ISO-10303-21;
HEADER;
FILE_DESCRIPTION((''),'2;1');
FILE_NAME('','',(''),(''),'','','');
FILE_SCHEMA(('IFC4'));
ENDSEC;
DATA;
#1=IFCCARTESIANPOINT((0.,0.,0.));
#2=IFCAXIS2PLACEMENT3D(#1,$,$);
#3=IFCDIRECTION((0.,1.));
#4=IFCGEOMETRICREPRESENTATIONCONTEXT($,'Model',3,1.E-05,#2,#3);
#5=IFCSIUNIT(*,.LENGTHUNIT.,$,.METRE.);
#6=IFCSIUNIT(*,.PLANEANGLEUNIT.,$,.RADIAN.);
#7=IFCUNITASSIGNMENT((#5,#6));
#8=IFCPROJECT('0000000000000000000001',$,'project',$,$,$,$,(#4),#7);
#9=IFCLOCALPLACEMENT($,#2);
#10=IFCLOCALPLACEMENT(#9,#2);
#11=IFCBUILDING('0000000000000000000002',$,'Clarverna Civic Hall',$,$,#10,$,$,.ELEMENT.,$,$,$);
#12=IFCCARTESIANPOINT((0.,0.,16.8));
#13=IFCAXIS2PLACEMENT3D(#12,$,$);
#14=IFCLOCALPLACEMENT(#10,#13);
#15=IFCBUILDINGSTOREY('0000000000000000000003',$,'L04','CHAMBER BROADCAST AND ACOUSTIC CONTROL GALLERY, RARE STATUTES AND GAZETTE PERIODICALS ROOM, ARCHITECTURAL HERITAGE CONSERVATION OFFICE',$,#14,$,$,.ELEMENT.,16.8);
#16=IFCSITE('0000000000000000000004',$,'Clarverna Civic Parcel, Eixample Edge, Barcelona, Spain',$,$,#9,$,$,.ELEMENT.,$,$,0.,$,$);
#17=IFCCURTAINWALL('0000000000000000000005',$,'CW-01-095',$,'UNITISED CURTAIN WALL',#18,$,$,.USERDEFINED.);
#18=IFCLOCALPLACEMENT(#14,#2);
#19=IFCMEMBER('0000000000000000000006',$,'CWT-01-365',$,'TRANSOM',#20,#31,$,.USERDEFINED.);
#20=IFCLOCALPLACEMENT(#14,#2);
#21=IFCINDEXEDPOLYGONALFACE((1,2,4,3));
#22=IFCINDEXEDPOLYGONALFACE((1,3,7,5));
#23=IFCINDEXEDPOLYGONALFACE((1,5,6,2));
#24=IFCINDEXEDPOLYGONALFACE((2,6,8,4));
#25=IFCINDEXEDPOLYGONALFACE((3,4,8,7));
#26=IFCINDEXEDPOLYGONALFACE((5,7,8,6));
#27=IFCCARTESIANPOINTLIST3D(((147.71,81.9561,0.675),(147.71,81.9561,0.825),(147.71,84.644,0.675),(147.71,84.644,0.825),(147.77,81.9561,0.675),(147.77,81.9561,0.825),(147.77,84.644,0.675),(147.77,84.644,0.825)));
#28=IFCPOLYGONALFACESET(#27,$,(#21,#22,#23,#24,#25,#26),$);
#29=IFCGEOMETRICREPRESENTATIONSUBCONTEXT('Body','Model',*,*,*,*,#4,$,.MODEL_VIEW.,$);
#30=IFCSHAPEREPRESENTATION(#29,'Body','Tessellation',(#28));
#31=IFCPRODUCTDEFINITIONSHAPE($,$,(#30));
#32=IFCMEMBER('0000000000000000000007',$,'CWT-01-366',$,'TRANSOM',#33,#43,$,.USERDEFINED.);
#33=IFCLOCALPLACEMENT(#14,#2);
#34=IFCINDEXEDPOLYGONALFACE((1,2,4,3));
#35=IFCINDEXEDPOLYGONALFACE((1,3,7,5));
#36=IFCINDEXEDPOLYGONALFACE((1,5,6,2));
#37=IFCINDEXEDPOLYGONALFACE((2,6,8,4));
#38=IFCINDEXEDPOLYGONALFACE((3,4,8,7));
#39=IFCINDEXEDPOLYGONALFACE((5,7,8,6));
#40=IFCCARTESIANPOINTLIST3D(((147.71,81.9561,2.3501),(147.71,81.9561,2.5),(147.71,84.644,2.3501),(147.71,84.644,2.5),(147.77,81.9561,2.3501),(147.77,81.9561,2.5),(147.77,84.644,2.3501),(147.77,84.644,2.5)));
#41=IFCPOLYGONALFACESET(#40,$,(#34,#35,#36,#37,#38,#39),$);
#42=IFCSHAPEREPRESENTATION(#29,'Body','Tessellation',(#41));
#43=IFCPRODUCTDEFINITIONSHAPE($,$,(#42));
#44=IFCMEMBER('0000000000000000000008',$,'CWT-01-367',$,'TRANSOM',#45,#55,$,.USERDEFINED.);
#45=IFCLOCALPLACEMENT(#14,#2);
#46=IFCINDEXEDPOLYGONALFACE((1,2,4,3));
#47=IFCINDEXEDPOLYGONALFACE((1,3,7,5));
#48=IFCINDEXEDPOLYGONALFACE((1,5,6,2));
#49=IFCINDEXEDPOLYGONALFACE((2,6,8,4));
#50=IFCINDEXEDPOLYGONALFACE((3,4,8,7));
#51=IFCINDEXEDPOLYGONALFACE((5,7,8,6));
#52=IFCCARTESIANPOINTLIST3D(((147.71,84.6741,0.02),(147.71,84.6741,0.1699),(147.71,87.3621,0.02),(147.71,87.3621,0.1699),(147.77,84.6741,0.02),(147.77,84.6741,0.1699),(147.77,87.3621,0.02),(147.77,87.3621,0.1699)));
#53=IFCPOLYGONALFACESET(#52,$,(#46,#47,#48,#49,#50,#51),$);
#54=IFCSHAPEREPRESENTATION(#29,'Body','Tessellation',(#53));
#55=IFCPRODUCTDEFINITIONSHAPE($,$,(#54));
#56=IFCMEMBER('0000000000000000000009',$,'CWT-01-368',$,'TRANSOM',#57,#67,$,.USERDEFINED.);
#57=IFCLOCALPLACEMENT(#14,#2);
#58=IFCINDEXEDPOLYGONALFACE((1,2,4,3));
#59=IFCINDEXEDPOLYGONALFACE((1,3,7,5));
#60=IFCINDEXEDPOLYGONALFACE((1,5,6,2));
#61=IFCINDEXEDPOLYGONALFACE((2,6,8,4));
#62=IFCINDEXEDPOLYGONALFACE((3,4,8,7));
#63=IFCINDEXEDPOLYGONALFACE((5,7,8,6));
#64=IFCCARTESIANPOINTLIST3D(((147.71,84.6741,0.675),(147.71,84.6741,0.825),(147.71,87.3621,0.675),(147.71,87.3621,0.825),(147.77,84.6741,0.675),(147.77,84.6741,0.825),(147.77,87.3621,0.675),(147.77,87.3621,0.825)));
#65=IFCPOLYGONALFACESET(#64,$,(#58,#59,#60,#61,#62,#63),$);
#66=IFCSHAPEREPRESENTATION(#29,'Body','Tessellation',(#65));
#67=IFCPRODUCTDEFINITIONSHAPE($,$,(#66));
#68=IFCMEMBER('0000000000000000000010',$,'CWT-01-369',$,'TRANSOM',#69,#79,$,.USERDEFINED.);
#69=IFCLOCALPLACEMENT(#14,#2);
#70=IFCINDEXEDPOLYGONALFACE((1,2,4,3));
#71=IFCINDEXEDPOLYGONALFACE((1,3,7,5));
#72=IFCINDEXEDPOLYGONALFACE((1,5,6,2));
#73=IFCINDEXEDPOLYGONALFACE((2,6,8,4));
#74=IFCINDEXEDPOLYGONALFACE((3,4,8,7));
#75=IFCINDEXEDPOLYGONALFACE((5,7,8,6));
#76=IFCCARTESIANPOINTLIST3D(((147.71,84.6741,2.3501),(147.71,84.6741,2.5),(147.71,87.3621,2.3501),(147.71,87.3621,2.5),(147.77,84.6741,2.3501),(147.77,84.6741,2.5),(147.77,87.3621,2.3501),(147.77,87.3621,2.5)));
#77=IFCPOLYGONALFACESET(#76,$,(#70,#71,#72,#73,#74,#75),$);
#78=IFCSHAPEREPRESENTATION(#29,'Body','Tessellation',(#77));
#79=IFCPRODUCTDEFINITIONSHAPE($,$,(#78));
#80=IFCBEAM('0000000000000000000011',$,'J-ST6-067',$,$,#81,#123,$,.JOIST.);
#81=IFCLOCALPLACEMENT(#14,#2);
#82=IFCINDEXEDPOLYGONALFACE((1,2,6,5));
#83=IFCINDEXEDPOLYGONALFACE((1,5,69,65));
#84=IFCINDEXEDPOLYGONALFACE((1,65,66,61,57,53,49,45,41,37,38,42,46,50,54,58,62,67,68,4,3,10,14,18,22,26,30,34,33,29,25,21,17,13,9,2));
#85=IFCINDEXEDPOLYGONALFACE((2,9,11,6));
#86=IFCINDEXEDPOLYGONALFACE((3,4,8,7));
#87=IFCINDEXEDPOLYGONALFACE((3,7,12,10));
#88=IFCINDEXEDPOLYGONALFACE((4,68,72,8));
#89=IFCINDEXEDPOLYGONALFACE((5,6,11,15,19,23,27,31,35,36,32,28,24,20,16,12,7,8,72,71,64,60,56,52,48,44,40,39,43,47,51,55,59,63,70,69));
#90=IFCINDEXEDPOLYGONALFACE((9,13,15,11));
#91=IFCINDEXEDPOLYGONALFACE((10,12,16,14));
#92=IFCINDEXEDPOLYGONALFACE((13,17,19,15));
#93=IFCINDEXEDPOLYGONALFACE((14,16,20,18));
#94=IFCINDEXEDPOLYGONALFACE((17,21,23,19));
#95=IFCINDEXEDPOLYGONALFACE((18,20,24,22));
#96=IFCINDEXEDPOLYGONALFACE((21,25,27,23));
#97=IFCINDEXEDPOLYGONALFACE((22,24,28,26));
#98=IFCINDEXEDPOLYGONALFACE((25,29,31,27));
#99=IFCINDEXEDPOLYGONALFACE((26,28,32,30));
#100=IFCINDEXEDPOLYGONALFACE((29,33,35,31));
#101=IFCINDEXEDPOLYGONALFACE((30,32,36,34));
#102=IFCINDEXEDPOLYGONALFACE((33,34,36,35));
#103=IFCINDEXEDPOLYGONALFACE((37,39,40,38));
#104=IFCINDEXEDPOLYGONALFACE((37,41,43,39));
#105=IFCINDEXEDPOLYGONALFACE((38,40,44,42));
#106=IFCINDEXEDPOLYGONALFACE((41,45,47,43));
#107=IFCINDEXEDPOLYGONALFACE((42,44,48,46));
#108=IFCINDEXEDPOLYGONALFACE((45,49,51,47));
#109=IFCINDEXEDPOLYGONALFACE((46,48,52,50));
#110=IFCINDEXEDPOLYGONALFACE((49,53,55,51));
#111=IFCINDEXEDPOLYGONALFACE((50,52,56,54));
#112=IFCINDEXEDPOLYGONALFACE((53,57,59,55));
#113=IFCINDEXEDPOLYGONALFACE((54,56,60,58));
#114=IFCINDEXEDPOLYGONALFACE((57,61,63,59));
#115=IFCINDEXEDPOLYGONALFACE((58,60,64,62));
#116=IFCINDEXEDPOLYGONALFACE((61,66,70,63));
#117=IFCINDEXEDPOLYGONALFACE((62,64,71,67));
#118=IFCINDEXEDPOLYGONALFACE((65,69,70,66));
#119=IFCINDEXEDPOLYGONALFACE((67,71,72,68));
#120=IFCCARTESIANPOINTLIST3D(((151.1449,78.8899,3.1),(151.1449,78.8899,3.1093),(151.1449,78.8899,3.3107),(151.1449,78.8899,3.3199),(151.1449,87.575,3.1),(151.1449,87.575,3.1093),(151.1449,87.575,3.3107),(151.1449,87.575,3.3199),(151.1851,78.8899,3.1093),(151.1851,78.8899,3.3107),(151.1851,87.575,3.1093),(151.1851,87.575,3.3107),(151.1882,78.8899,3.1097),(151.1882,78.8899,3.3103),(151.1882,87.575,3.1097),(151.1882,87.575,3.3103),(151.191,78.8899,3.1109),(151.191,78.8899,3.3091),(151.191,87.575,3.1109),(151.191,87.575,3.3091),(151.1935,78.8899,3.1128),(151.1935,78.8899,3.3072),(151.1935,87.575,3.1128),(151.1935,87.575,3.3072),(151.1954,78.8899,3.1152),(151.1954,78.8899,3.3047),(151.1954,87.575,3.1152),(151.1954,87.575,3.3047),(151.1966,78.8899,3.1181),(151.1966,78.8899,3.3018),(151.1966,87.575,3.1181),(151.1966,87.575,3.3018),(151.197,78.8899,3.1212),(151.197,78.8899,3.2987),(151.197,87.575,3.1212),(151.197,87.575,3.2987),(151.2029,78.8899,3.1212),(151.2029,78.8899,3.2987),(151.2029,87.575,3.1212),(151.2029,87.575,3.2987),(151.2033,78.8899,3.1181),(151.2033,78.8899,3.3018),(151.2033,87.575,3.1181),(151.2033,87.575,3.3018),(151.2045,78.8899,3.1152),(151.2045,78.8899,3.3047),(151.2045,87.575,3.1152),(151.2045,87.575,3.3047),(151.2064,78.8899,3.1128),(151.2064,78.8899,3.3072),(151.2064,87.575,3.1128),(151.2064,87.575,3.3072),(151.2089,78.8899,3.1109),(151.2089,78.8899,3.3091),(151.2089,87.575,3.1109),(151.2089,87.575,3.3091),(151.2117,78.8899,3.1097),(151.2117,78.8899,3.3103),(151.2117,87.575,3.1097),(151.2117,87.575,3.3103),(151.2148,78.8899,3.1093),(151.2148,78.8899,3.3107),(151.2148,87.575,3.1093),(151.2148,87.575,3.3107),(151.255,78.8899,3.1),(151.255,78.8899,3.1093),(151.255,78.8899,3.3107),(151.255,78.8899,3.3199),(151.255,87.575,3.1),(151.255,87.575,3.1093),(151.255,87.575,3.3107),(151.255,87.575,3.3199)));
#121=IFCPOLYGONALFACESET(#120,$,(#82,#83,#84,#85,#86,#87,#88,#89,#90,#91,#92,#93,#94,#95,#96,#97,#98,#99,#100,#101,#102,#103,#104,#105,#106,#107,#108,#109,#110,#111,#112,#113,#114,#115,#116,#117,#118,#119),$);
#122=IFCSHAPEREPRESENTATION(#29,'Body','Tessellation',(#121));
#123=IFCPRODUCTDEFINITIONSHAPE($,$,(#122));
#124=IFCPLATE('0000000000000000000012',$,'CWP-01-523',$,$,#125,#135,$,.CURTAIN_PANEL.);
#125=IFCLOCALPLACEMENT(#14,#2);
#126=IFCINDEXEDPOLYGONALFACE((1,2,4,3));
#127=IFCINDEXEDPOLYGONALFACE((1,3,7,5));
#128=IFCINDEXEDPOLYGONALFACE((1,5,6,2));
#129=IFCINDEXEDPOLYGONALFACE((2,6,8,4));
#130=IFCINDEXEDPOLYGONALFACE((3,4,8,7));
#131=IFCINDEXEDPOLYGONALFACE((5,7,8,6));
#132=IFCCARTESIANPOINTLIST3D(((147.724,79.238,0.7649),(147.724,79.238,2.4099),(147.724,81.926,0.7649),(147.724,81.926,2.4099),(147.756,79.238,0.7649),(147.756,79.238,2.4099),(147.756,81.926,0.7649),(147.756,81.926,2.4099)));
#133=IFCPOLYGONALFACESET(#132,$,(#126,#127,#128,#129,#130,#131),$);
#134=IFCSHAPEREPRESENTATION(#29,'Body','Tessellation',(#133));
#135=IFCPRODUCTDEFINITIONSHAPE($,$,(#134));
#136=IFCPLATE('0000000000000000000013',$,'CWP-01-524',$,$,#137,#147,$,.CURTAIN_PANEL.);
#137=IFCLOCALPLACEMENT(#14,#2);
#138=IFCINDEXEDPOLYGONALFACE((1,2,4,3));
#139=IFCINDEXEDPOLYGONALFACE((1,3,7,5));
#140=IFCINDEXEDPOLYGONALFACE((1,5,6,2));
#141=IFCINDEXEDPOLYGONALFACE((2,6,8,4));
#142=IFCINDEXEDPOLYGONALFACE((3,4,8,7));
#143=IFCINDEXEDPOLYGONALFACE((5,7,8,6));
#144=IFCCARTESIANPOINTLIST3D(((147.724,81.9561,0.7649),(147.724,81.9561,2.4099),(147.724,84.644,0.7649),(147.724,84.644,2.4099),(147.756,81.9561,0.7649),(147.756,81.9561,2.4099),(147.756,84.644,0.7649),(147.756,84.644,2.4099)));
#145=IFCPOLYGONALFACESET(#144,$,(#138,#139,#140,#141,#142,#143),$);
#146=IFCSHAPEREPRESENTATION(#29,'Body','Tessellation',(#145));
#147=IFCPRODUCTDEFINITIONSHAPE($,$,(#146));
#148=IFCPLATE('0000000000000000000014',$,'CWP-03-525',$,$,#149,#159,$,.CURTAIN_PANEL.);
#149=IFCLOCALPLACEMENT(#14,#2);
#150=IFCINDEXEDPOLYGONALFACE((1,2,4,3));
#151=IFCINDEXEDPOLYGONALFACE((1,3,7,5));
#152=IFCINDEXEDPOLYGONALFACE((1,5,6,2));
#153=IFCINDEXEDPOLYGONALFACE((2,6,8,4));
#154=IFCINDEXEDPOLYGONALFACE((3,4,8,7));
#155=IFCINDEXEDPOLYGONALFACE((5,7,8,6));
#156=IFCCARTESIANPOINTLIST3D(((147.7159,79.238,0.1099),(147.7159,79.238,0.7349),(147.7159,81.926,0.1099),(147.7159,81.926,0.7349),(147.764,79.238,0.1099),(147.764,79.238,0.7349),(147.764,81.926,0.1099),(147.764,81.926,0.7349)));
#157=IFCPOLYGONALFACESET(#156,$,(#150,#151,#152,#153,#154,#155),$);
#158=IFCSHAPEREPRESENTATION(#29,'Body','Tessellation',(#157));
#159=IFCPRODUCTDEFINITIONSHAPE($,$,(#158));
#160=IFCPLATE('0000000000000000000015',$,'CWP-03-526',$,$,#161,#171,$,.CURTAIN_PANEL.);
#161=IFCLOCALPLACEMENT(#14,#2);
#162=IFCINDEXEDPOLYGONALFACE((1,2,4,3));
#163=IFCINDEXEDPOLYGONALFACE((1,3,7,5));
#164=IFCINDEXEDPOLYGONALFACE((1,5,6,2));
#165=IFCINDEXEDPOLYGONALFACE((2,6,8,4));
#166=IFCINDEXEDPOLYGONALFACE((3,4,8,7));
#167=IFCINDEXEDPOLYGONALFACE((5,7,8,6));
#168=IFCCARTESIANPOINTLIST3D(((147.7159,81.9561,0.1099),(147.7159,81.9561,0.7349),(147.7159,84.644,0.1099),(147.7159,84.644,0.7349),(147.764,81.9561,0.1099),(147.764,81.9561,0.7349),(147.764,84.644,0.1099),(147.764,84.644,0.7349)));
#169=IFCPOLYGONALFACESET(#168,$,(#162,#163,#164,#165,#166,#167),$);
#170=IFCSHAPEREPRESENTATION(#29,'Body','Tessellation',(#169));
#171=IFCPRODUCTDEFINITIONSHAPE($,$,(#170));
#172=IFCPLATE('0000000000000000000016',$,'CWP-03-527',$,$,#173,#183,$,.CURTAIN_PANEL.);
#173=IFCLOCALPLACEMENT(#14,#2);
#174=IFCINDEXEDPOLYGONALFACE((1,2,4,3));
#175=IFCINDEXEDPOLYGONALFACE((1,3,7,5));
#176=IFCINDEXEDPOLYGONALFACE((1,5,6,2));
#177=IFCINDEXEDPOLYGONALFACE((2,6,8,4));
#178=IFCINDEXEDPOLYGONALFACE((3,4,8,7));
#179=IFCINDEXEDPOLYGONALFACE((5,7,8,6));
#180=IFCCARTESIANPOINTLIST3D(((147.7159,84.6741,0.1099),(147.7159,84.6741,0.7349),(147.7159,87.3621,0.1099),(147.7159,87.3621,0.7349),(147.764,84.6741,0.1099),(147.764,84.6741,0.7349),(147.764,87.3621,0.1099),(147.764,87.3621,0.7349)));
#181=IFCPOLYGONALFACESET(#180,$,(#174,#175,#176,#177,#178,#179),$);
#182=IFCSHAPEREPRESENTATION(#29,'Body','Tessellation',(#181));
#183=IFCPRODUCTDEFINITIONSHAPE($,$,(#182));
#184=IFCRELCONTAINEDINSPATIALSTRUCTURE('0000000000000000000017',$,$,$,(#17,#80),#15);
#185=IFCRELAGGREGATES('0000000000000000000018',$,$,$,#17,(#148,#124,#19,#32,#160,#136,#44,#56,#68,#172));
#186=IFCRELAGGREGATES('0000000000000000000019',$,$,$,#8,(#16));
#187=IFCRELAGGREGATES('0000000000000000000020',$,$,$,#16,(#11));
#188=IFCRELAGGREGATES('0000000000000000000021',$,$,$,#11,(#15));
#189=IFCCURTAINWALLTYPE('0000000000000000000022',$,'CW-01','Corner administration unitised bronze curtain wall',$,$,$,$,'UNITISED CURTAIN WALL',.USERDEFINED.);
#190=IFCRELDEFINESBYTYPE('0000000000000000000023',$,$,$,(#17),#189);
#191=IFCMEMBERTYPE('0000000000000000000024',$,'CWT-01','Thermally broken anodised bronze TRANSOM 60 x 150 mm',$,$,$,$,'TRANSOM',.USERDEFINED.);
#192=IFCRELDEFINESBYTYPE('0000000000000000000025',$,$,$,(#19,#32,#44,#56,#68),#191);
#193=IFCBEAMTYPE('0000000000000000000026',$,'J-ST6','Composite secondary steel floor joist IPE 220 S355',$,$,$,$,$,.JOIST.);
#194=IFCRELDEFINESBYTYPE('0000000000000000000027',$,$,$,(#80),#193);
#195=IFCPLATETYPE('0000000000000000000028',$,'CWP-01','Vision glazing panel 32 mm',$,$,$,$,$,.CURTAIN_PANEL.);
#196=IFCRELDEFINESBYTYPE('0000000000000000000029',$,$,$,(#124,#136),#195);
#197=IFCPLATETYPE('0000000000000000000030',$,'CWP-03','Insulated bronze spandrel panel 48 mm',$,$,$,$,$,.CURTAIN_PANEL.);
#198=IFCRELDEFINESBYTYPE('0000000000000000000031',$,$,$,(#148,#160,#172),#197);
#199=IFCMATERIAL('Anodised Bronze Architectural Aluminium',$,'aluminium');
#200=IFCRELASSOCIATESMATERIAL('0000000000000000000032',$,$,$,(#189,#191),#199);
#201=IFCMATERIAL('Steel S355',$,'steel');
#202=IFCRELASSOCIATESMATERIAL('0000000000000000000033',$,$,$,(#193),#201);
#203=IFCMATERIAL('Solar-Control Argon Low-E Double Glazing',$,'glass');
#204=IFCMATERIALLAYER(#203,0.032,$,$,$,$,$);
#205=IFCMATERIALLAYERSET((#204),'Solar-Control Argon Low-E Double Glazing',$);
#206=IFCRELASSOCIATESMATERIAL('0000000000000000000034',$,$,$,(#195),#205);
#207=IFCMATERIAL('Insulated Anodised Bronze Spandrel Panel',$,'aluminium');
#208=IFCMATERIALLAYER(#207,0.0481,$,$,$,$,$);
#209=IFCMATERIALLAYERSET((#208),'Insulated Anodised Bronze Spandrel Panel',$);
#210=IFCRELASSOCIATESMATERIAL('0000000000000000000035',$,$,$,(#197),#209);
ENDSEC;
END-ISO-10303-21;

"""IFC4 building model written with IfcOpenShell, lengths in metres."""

from ifc_helpers import new_model, si_unit, direction, frame, frame_2d, origin, origin_2d, place, context, subcontext, project, spatial, rectangle, i_section, extrude, material, layer, layer_set, material_profile, profile_set, type_object, element, aggregate, save


model = new_model("IFC4")

# Units and contexts
model_context = context("Model", 3, precision=1e-05, world=origin(), true_north=direction((0.0, 1.0)))
body_context = subcontext(model_context, "Body", "Model", "MODEL_VIEW")
ifc_project = project(units=[si_unit("LENGTHUNIT", "METRE"), si_unit("PLANEANGLEUNIT", "RADIAN")], contexts=[model_context])

# Site, building, storey
site_placement = place(None, origin())
site = spatial("IfcSite", under=ifc_project, at=site_placement, Name="Clarverna Civic Parcel, Eixample Edge, Barcelona, Spain", CompositionType="ELEMENT", RefElevation=0.0)
building_placement = place(site_placement, origin())
building = spatial("IfcBuilding", under=site, at=building_placement, Name="Clarverna Civic Hall", CompositionType="ELEMENT")
storey_placement = place(building_placement, frame((0.0, 0.0, 16.8)))
storey = spatial("IfcBuildingStorey", under=building, at=storey_placement, Name="L04", Description="CHAMBER BROADCAST AND ACOUSTIC CONTROL GALLERY, RARE STATUTES AND GAZETTE PERIODICALS ROOM, ARCHITECTURAL HERITAGE CONSERVATION OFFICE", CompositionType="ELEMENT", Elevation=16.8)

# Shared definitions
ifc_material_1 = material(Name="Steel S355", Category="steel")

# Curtain wall, members
ifc_material_2 = material(Name="Anodised Bronze Architectural Aluminium", Category="aluminium")
curtain_wall_type = type_object("IfcCurtainWallType", Name="CW-01", Description="Corner administration unitised bronze curtain wall", ElementType="UNITISED CURTAIN WALL", PredefinedType="USERDEFINED", material=ifc_material_2)
curtain_wall_placement = place(storey_placement, origin())
curtain_wall = element("IfcCurtainWall", 1, at=curtain_wall_placement, inside=storey, type_object=curtain_wall_type, Name="CW-01-095", ObjectType="UNITISED CURTAIN WALL", PredefinedType="USERDEFINED")
ifc_material_profile_1 = material_profile(ifc_material_2, rectangle(XDim=0.0601, YDim=0.1499, at=origin_2d()), Name="BRONZE 60x150")
ifc_profile_set_1 = profile_set([ifc_material_profile_1], Name="Anodised Bronze Architectural Aluminium")
member_type_1 = type_object("IfcMemberType", Name="CWT-01", Description="Thermally broken anodised bronze TRANSOM 60 x 150 mm", ElementType="TRANSOM", PredefinedType="USERDEFINED", material=ifc_profile_set_1)
member_1_placement = place(storey_placement, frame((147.74, 81.9561, 0.75), z_axis=(0.0, 1.0, 0.0), x_axis=(-1.0, 0.0, 0.0)))
member_1 = element("IfcMember", 2, at=member_1_placement, type_object=member_type_1, Name="CWT-01-365", ObjectType="TRANSOM", PredefinedType="USERDEFINED", context=body_context, shape_type="SweptSolid", body=[
    extrude(rectangle(XDim=0.0601, YDim=0.1499, at=origin_2d()), origin(), (0.0, 0.0, 1.0), 2.688),
])
member_2_placement = place(storey_placement, frame((147.74, 81.9561, 2.425), z_axis=(0.0, 1.0, 0.0), x_axis=(-1.0, 0.0, 0.0)))
member_2 = element("IfcMember", 3, at=member_2_placement, type_object=member_type_1, Name="CWT-01-366", ObjectType="TRANSOM", PredefinedType="USERDEFINED", context=body_context, shape_type="SweptSolid", body=[
    extrude(rectangle(XDim=0.0601, YDim=0.1499, at=origin_2d()), origin(), (0.0, 0.0, 1.0), 2.688),
])
member_3_placement = place(storey_placement, frame((147.74, 84.6741, 0.095), z_axis=(0.0, 1.0, 0.0), x_axis=(-1.0, 0.0, 0.0)))
member_3 = element("IfcMember", 4, at=member_3_placement, type_object=member_type_1, Name="CWT-01-367", ObjectType="TRANSOM", PredefinedType="USERDEFINED", context=body_context, shape_type="SweptSolid", body=[
    extrude(rectangle(XDim=0.0601, YDim=0.1499, at=origin_2d()), origin(), (0.0, 0.0, 1.0), 2.688),
])
member_4_placement = place(storey_placement, frame((147.74, 84.6741, 0.75), z_axis=(0.0, 1.0, 0.0), x_axis=(-1.0, 0.0, 0.0)))
member_4 = element("IfcMember", 5, at=member_4_placement, type_object=member_type_1, Name="CWT-01-368", ObjectType="TRANSOM", PredefinedType="USERDEFINED", context=body_context, shape_type="SweptSolid", body=[
    extrude(rectangle(XDim=0.0601, YDim=0.1499, at=origin_2d()), origin(), (0.0, 0.0, 1.0), 2.688),
])
member_5_placement = place(storey_placement, frame((147.74, 84.6741, 2.425), z_axis=(0.0, 1.0, 0.0), x_axis=(-1.0, 0.0, 0.0)))
member_5 = element("IfcMember", 6, at=member_5_placement, type_object=member_type_1, Name="CWT-01-369", ObjectType="TRANSOM", PredefinedType="USERDEFINED", context=body_context, shape_type="SweptSolid", body=[
    extrude(rectangle(XDim=0.0601, YDim=0.1499, at=origin_2d()), origin(), (0.0, 0.0, 1.0), 2.688),
])

# Beam
ifc_material_profile_2 = material_profile(ifc_material_1, i_section(OverallWidth=0.1101, OverallDepth=0.22, WebThickness=0.0059, FlangeThickness=0.0093, FilletRadius=0.012, at=origin_2d()), Name="IPE 220")
ifc_profile_set_2 = profile_set([ifc_material_profile_2], Name="Steel S355")
beam_type_1 = type_object("IfcBeamType", Name="J-ST6", Description="Composite secondary steel floor joist IPE 220 S355", PredefinedType="JOIST", material=ifc_profile_set_2)
beam_1_placement = place(storey_placement, frame((151.2, 78.8899, 3.21), z_axis=(0.0, 1.0, 0.0), x_axis=(-1.0, 0.0, 0.0)))
element("IfcBeam", 7, at=beam_1_placement, inside=storey, type_object=beam_type_1, Name="J-ST6-067", PredefinedType="JOIST", context=body_context, shape_type="SweptSolid", body=[
    extrude(i_section(OverallWidth=0.1101, OverallDepth=0.22, WebThickness=0.0059, FlangeThickness=0.0093, FilletRadius=0.012, at=origin_2d()), origin(), (0.0, 0.0, 1.0), 8.6851),
])

# Plates
ifc_material_3 = material(Name="Solar-Control Argon Low-E Double Glazing", Category="glass")
ifc_layer_1 = layer(ifc_material_3, 0.032)
ifc_layer_set_1 = layer_set([ifc_layer_1], Name="Solar-Control Argon Low-E Double Glazing")
plate_type_1 = type_object("IfcPlateType", Name="CWP-01", Description="Vision glazing panel 32 mm", PredefinedType="CURTAIN_PANEL", material=ifc_layer_set_1)
plate_1_placement = place(storey_placement, frame((147.74, 79.238, 0.7649), z_axis=(0.0, 0.0, 1.0), x_axis=(0.0, 1.0, 0.0)))
plate_1 = element("IfcPlate", 8, at=plate_1_placement, type_object=plate_type_1, Name="CWP-01-523", PredefinedType="CURTAIN_PANEL", context=body_context, shape_type="SweptSolid", body=[
    extrude(rectangle(XDim=2.688, YDim=0.032, at=frame_2d((1.344, 0.0))), origin(), (0.0, 0.0, 1.0), 1.645),
])
plate_2_placement = place(storey_placement, frame((147.74, 81.9561, 0.7649), z_axis=(0.0, 0.0, 1.0), x_axis=(0.0, 1.0, 0.0)))
plate_2 = element("IfcPlate", 9, at=plate_2_placement, type_object=plate_type_1, Name="CWP-01-524", PredefinedType="CURTAIN_PANEL", context=body_context, shape_type="SweptSolid", body=[
    extrude(rectangle(XDim=2.688, YDim=0.032, at=frame_2d((1.344, 0.0))), origin(), (0.0, 0.0, 1.0), 1.645),
])
ifc_material_4 = material(Name="Insulated Anodised Bronze Spandrel Panel", Category="aluminium")
ifc_layer_2 = layer(ifc_material_4, 0.0481)
ifc_layer_set_2 = layer_set([ifc_layer_2], Name="Insulated Anodised Bronze Spandrel Panel")
plate_type_2 = type_object("IfcPlateType", Name="CWP-03", Description="Insulated bronze spandrel panel 48 mm", PredefinedType="CURTAIN_PANEL", material=ifc_layer_set_2)
plate_3_placement = place(storey_placement, frame((147.74, 79.238, 0.1099), z_axis=(0.0, 0.0, 1.0), x_axis=(0.0, 1.0, 0.0)))
plate_3 = element("IfcPlate", 10, at=plate_3_placement, type_object=plate_type_2, Name="CWP-03-525", PredefinedType="CURTAIN_PANEL", context=body_context, shape_type="SweptSolid", body=[
    extrude(rectangle(XDim=2.688, YDim=0.0481, at=frame_2d((1.344, 0.0))), origin(), (0.0, 0.0, 1.0), 0.625),
])
plate_4_placement = place(storey_placement, frame((147.74, 81.9561, 0.1099), z_axis=(0.0, 0.0, 1.0), x_axis=(0.0, 1.0, 0.0)))
plate_4 = element("IfcPlate", 11, at=plate_4_placement, type_object=plate_type_2, Name="CWP-03-526", PredefinedType="CURTAIN_PANEL", context=body_context, shape_type="SweptSolid", body=[
    extrude(rectangle(XDim=2.688, YDim=0.0481, at=frame_2d((1.344, 0.0))), origin(), (0.0, 0.0, 1.0), 0.625),
])
plate_5_placement = place(storey_placement, frame((147.74, 84.6741, 0.1099), z_axis=(0.0, 0.0, 1.0), x_axis=(0.0, 1.0, 0.0)))
plate_5 = element("IfcPlate", 12, at=plate_5_placement, type_object=plate_type_2, Name="CWP-03-527", PredefinedType="CURTAIN_PANEL", context=body_context, shape_type="SweptSolid", body=[
    extrude(rectangle(XDim=2.688, YDim=0.0481, at=frame_2d((1.344, 0.0))), origin(), (0.0, 0.0, 1.0), 0.625),
])
aggregate(curtain_wall, [plate_3, plate_1, member_1, member_2, plate_4, plate_2, member_3, member_4, member_5, plate_5])

save(model, "model.ifc")
